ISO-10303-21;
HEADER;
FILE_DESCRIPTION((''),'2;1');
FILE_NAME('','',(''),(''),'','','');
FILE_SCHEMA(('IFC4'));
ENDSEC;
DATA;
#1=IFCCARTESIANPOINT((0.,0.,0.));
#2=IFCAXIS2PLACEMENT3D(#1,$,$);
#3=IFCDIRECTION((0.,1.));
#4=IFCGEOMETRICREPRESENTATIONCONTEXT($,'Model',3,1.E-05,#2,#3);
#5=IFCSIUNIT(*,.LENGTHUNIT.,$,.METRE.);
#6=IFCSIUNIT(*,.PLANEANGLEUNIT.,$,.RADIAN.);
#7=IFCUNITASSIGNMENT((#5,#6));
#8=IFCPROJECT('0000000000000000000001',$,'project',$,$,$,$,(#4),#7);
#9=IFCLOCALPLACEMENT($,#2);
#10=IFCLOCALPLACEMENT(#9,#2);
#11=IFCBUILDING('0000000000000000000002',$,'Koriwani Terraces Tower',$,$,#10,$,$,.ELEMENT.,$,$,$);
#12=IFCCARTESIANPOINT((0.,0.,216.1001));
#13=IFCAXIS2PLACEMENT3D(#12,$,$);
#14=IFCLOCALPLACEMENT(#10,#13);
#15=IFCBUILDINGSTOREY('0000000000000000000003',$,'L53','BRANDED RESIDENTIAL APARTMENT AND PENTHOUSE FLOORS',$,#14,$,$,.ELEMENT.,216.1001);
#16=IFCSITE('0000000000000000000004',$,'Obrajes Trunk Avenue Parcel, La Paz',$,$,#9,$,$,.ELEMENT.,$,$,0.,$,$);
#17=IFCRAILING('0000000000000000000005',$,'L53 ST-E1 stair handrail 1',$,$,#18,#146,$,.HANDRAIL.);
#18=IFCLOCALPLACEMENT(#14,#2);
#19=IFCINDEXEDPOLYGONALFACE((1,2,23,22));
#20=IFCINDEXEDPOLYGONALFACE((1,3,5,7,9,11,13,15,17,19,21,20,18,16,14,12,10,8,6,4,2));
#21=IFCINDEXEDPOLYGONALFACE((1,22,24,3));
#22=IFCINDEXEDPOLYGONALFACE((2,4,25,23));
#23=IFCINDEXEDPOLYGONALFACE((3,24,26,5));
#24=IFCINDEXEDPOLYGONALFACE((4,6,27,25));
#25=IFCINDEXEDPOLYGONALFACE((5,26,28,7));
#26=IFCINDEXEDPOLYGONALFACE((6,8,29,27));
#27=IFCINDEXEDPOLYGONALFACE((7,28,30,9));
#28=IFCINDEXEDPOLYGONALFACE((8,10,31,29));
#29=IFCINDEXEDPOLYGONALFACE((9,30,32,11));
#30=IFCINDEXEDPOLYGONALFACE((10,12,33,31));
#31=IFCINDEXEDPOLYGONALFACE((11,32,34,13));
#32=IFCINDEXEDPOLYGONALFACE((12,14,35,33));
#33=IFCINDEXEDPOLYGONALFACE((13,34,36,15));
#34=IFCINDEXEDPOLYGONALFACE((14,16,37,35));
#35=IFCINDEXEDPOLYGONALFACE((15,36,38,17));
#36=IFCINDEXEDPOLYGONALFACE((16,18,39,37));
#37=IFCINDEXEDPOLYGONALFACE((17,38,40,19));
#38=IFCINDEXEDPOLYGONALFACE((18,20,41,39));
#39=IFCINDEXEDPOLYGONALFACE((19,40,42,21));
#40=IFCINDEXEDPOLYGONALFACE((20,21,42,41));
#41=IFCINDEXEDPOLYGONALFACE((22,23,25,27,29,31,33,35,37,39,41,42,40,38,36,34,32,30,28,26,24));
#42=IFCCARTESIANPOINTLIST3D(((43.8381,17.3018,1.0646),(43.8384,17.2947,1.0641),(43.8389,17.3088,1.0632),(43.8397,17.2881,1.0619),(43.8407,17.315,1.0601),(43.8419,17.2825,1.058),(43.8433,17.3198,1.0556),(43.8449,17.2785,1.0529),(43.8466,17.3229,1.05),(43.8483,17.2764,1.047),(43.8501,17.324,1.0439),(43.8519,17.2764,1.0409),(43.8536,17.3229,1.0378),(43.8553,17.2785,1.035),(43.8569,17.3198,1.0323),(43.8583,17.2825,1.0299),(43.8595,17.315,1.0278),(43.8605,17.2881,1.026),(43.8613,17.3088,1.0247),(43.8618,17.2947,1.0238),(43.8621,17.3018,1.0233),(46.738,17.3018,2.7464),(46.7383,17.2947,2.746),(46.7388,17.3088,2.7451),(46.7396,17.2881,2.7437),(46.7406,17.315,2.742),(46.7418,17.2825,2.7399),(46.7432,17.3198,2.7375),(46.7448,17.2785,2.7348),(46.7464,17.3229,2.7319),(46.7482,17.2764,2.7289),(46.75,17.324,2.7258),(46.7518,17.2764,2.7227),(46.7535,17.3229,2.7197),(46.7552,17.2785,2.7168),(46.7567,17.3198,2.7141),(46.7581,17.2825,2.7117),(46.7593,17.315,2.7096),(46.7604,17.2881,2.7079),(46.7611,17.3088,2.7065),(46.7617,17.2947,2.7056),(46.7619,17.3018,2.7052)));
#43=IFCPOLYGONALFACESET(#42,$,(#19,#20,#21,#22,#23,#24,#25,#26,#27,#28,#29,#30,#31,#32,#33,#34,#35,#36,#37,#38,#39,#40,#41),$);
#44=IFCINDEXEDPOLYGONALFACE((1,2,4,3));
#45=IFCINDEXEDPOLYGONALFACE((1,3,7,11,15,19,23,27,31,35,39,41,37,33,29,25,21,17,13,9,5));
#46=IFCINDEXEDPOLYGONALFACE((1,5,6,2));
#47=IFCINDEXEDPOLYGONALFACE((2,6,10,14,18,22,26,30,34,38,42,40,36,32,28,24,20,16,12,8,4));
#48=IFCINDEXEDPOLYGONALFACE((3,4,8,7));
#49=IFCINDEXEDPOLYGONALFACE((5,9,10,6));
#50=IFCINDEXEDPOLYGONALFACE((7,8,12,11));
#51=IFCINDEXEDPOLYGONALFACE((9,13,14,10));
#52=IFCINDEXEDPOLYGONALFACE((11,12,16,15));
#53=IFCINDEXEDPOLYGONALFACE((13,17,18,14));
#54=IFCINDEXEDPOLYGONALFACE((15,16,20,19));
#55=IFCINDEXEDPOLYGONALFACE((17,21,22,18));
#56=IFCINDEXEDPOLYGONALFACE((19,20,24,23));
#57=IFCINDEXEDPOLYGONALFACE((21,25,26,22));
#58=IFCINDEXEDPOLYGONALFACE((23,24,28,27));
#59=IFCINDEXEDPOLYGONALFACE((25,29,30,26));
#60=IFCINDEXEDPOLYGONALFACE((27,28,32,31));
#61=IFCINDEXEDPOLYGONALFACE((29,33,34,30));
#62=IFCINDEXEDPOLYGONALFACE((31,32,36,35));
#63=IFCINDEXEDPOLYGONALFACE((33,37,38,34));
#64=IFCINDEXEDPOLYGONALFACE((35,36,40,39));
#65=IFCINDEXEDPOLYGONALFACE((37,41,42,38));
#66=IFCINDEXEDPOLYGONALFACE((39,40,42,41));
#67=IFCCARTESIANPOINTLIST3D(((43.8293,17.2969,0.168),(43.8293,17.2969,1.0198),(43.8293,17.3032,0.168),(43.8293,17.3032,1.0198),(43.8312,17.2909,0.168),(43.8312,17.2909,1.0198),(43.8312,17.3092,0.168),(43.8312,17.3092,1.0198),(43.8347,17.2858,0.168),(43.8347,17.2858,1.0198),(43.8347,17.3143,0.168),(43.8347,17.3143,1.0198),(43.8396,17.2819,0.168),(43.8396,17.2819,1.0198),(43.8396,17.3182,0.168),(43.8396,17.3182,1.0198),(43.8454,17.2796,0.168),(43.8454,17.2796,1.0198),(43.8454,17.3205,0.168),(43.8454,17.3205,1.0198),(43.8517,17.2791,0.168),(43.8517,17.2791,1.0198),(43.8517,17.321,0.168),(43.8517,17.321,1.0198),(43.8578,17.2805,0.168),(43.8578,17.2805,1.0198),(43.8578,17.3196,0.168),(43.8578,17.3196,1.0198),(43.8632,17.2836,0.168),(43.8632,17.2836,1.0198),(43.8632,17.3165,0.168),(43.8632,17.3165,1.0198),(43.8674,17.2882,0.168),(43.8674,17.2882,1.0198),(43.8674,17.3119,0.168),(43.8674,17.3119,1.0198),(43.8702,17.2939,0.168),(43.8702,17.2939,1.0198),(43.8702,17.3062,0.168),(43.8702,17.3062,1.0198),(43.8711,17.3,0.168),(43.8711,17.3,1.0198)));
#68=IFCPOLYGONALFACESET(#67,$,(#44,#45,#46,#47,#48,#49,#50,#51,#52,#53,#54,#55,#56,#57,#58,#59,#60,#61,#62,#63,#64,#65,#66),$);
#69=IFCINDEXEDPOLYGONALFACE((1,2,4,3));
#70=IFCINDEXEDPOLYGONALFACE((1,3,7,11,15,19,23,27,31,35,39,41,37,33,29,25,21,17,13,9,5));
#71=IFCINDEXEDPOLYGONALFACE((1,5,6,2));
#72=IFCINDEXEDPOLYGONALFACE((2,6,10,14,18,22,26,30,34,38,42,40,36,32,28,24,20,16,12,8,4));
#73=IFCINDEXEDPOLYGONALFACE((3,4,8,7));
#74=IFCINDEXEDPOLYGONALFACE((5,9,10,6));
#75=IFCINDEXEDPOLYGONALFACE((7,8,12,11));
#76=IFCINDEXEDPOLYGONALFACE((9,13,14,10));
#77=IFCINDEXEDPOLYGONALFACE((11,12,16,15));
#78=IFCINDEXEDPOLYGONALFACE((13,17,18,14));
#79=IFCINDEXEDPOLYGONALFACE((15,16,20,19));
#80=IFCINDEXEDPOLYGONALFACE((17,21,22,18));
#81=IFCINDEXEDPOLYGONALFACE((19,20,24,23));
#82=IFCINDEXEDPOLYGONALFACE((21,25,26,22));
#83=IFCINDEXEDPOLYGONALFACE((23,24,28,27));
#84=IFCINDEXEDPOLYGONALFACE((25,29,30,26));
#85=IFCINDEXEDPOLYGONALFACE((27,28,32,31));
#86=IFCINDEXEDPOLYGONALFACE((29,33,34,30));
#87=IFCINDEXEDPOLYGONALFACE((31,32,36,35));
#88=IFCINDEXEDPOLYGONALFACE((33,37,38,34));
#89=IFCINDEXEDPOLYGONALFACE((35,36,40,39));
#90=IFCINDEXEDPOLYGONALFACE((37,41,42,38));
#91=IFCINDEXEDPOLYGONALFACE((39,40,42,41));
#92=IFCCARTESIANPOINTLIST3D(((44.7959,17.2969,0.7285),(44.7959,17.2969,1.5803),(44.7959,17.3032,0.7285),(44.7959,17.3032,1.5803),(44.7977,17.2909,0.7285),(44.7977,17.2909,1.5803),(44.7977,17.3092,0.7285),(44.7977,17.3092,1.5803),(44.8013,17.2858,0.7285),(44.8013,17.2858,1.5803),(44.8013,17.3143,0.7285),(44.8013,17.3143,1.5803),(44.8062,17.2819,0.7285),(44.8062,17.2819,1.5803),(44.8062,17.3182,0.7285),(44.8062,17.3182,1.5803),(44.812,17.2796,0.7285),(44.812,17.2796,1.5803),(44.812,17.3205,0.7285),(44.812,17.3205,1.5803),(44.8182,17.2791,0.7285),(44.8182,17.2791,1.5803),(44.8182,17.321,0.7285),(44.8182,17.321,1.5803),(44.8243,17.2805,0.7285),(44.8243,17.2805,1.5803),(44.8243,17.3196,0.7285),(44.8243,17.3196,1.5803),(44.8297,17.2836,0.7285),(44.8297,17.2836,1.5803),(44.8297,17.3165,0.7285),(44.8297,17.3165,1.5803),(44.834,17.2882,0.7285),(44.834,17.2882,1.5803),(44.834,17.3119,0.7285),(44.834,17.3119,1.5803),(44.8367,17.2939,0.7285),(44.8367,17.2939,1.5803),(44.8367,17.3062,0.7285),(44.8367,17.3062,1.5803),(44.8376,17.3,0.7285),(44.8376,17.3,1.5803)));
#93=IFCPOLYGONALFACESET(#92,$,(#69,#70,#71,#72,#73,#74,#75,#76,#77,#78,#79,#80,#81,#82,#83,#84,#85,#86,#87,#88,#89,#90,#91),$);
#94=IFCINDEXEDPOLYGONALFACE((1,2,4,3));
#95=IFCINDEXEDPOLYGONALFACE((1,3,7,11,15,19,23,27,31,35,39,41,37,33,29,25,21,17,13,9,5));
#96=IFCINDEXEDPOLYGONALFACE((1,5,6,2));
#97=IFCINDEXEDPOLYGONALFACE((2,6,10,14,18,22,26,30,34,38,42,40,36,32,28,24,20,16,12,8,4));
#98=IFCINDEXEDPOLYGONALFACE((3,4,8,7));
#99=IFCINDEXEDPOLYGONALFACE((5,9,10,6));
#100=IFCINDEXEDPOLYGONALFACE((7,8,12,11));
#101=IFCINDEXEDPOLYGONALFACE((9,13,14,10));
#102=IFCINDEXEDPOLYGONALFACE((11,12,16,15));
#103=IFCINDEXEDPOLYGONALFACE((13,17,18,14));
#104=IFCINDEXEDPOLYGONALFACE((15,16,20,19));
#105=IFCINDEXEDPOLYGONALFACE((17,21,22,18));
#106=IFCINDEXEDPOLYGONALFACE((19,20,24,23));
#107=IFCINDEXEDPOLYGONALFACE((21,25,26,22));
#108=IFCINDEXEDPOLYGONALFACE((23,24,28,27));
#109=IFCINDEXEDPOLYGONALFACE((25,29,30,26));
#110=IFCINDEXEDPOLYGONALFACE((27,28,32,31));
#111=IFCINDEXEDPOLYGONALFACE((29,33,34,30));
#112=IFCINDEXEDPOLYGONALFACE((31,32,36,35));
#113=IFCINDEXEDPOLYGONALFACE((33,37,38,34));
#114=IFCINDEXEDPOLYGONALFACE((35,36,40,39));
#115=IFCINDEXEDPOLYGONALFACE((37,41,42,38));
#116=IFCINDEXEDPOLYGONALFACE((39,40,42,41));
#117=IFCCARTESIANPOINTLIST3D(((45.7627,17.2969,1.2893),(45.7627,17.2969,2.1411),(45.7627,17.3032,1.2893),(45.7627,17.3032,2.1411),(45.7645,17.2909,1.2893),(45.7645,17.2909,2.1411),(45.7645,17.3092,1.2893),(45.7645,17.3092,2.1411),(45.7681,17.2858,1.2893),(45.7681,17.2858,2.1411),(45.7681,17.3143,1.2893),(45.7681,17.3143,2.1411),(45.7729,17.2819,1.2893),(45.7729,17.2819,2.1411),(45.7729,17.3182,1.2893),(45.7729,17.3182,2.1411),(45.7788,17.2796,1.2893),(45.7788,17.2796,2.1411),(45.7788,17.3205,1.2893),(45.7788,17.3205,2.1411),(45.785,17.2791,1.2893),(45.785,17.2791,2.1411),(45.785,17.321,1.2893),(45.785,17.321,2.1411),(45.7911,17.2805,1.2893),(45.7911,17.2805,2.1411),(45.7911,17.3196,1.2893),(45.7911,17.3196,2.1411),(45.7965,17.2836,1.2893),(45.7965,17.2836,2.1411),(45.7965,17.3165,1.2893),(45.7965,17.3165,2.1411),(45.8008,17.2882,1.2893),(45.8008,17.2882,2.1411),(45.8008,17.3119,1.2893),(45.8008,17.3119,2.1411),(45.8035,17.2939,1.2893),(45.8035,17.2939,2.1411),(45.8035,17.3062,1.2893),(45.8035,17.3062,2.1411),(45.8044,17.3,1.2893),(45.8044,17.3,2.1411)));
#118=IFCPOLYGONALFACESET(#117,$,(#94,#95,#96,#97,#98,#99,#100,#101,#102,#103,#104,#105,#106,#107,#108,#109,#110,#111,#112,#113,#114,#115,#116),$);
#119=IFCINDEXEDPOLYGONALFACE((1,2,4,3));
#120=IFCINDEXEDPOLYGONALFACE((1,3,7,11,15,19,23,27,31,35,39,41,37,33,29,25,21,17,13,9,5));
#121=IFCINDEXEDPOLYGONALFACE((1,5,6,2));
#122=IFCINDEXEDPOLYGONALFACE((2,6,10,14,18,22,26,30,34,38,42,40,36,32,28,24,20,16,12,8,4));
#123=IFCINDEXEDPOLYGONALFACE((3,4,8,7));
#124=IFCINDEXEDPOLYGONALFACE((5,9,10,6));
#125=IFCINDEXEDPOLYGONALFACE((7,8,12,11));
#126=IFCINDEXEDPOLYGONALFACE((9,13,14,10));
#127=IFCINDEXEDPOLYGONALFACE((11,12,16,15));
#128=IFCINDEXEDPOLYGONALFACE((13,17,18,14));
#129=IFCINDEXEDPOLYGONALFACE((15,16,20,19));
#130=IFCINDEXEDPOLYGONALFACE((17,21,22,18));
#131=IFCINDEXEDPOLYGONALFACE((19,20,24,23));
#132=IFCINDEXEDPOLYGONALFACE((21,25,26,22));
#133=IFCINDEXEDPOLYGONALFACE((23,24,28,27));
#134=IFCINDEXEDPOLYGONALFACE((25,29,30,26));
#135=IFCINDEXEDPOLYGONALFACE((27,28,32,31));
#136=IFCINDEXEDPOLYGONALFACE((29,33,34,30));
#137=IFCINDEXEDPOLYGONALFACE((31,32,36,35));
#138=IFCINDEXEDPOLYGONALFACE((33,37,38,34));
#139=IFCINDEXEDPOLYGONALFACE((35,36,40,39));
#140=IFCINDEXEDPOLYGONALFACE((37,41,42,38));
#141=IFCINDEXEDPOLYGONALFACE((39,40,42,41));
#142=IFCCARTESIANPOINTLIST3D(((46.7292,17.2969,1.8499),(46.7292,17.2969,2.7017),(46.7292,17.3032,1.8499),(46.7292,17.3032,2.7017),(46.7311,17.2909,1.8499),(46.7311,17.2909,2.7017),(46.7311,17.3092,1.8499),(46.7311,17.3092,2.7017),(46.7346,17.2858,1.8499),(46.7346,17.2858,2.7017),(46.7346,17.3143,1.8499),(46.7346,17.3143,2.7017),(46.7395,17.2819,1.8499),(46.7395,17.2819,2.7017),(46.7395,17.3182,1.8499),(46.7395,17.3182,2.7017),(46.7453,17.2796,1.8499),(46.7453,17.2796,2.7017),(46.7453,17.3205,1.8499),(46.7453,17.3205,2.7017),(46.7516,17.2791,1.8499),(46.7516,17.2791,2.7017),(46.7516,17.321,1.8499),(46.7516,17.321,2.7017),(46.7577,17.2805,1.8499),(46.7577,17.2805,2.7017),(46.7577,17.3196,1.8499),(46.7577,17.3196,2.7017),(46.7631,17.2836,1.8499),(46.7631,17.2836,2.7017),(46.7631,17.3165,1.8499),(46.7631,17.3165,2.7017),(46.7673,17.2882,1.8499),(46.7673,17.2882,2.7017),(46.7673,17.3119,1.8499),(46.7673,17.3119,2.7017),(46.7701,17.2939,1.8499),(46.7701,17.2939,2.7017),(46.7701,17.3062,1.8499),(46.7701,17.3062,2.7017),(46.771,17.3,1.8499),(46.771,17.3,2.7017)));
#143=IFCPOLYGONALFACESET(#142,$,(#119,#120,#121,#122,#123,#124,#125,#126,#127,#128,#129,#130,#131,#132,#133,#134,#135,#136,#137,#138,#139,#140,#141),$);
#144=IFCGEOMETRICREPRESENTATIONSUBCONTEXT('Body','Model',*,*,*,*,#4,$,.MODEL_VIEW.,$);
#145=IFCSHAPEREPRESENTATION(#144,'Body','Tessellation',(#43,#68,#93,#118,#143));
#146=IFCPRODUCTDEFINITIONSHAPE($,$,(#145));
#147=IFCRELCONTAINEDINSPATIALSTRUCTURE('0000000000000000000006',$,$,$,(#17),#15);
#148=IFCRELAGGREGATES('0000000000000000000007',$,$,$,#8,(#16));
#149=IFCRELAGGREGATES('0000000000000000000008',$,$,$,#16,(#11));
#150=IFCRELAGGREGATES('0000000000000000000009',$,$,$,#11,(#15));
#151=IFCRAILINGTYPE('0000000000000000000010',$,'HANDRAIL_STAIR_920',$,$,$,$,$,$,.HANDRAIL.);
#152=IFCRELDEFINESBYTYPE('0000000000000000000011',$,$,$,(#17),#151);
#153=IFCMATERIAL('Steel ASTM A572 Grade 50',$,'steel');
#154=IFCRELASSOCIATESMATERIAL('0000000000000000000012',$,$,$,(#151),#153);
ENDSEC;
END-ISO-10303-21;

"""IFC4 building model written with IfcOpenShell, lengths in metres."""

from ifc_helpers import new_model, si_unit, direction, frame, origin, origin_2d, place, context, subcontext, project, spatial, circle, extrude, material, type_object, element, save


model = new_model("IFC4")

# Units and contexts
model_context = context("Model", 3, precision=1e-05, world=origin(), true_north=direction((0.0, 1.0)))
body_context = subcontext(model_context, "Body", "Model", "MODEL_VIEW")
ifc_project = project(units=[si_unit("LENGTHUNIT", "METRE"), si_unit("PLANEANGLEUNIT", "RADIAN")], contexts=[model_context])

# Site, building, storey
site_placement = place(None, origin())
site = spatial("IfcSite", under=ifc_project, at=site_placement, Name="Obrajes Trunk Avenue Parcel, La Paz", CompositionType="ELEMENT", RefElevation=0.0)
building_placement = place(site_placement, origin())
building = spatial("IfcBuilding", under=site, at=building_placement, Name="Koriwani Terraces Tower", CompositionType="ELEMENT")
storey_placement = place(building_placement, frame((0.0, 0.0, 216.1001)))
storey = spatial("IfcBuildingStorey", under=building, at=storey_placement, Name="L53", Description="BRANDED RESIDENTIAL APARTMENT AND PENTHOUSE FLOORS", CompositionType="ELEMENT", Elevation=216.1001)

# Shared definitions
ifc_material_1 = material(Name="Steel ASTM A572 Grade 50", Category="steel")

# Railing
railing_type_1 = type_object("IfcRailingType", Name="HANDRAIL_STAIR_920", PredefinedType="HANDRAIL", material=ifc_material_1)
railing_1_placement = place(storey_placement, frame((43.8501, 17.3, 0.168)))
element("IfcRailing", 1, at=railing_1_placement, inside=storey, type_object=railing_type_1, Name="L53 ST-E1 stair handrail 1", PredefinedType="HANDRAIL", context=body_context, shape_type="SweptSolid", body=[
    extrude(circle(Radius=0.0239, at=origin_2d()), frame((0.0, 0.0, 0.876), z_axis=(0.865039, 0.0, 0.501705), x_axis=(0.0, 1.0, 0.0)), (0.0, 0.0, 1.0), 3.3523),
    extrude(circle(Radius=0.021, at=origin_2d()), origin(), (0.0, 0.0, 1.0), 0.8518),
    extrude(circle(Radius=0.021, at=origin_2d()), frame((0.9666, 0.0, 0.5605)), (0.0, 0.0, 1.0), 0.8518),
    extrude(circle(Radius=0.021, at=origin_2d()), frame((1.9333, 0.0, 1.1213)), (0.0, 0.0, 1.0), 0.8518),
    extrude(circle(Radius=0.021, at=origin_2d()), frame((2.8999, 0.0, 1.6819)), (0.0, 0.0, 1.0), 0.8518),
])

save(model, "model.ifc")
